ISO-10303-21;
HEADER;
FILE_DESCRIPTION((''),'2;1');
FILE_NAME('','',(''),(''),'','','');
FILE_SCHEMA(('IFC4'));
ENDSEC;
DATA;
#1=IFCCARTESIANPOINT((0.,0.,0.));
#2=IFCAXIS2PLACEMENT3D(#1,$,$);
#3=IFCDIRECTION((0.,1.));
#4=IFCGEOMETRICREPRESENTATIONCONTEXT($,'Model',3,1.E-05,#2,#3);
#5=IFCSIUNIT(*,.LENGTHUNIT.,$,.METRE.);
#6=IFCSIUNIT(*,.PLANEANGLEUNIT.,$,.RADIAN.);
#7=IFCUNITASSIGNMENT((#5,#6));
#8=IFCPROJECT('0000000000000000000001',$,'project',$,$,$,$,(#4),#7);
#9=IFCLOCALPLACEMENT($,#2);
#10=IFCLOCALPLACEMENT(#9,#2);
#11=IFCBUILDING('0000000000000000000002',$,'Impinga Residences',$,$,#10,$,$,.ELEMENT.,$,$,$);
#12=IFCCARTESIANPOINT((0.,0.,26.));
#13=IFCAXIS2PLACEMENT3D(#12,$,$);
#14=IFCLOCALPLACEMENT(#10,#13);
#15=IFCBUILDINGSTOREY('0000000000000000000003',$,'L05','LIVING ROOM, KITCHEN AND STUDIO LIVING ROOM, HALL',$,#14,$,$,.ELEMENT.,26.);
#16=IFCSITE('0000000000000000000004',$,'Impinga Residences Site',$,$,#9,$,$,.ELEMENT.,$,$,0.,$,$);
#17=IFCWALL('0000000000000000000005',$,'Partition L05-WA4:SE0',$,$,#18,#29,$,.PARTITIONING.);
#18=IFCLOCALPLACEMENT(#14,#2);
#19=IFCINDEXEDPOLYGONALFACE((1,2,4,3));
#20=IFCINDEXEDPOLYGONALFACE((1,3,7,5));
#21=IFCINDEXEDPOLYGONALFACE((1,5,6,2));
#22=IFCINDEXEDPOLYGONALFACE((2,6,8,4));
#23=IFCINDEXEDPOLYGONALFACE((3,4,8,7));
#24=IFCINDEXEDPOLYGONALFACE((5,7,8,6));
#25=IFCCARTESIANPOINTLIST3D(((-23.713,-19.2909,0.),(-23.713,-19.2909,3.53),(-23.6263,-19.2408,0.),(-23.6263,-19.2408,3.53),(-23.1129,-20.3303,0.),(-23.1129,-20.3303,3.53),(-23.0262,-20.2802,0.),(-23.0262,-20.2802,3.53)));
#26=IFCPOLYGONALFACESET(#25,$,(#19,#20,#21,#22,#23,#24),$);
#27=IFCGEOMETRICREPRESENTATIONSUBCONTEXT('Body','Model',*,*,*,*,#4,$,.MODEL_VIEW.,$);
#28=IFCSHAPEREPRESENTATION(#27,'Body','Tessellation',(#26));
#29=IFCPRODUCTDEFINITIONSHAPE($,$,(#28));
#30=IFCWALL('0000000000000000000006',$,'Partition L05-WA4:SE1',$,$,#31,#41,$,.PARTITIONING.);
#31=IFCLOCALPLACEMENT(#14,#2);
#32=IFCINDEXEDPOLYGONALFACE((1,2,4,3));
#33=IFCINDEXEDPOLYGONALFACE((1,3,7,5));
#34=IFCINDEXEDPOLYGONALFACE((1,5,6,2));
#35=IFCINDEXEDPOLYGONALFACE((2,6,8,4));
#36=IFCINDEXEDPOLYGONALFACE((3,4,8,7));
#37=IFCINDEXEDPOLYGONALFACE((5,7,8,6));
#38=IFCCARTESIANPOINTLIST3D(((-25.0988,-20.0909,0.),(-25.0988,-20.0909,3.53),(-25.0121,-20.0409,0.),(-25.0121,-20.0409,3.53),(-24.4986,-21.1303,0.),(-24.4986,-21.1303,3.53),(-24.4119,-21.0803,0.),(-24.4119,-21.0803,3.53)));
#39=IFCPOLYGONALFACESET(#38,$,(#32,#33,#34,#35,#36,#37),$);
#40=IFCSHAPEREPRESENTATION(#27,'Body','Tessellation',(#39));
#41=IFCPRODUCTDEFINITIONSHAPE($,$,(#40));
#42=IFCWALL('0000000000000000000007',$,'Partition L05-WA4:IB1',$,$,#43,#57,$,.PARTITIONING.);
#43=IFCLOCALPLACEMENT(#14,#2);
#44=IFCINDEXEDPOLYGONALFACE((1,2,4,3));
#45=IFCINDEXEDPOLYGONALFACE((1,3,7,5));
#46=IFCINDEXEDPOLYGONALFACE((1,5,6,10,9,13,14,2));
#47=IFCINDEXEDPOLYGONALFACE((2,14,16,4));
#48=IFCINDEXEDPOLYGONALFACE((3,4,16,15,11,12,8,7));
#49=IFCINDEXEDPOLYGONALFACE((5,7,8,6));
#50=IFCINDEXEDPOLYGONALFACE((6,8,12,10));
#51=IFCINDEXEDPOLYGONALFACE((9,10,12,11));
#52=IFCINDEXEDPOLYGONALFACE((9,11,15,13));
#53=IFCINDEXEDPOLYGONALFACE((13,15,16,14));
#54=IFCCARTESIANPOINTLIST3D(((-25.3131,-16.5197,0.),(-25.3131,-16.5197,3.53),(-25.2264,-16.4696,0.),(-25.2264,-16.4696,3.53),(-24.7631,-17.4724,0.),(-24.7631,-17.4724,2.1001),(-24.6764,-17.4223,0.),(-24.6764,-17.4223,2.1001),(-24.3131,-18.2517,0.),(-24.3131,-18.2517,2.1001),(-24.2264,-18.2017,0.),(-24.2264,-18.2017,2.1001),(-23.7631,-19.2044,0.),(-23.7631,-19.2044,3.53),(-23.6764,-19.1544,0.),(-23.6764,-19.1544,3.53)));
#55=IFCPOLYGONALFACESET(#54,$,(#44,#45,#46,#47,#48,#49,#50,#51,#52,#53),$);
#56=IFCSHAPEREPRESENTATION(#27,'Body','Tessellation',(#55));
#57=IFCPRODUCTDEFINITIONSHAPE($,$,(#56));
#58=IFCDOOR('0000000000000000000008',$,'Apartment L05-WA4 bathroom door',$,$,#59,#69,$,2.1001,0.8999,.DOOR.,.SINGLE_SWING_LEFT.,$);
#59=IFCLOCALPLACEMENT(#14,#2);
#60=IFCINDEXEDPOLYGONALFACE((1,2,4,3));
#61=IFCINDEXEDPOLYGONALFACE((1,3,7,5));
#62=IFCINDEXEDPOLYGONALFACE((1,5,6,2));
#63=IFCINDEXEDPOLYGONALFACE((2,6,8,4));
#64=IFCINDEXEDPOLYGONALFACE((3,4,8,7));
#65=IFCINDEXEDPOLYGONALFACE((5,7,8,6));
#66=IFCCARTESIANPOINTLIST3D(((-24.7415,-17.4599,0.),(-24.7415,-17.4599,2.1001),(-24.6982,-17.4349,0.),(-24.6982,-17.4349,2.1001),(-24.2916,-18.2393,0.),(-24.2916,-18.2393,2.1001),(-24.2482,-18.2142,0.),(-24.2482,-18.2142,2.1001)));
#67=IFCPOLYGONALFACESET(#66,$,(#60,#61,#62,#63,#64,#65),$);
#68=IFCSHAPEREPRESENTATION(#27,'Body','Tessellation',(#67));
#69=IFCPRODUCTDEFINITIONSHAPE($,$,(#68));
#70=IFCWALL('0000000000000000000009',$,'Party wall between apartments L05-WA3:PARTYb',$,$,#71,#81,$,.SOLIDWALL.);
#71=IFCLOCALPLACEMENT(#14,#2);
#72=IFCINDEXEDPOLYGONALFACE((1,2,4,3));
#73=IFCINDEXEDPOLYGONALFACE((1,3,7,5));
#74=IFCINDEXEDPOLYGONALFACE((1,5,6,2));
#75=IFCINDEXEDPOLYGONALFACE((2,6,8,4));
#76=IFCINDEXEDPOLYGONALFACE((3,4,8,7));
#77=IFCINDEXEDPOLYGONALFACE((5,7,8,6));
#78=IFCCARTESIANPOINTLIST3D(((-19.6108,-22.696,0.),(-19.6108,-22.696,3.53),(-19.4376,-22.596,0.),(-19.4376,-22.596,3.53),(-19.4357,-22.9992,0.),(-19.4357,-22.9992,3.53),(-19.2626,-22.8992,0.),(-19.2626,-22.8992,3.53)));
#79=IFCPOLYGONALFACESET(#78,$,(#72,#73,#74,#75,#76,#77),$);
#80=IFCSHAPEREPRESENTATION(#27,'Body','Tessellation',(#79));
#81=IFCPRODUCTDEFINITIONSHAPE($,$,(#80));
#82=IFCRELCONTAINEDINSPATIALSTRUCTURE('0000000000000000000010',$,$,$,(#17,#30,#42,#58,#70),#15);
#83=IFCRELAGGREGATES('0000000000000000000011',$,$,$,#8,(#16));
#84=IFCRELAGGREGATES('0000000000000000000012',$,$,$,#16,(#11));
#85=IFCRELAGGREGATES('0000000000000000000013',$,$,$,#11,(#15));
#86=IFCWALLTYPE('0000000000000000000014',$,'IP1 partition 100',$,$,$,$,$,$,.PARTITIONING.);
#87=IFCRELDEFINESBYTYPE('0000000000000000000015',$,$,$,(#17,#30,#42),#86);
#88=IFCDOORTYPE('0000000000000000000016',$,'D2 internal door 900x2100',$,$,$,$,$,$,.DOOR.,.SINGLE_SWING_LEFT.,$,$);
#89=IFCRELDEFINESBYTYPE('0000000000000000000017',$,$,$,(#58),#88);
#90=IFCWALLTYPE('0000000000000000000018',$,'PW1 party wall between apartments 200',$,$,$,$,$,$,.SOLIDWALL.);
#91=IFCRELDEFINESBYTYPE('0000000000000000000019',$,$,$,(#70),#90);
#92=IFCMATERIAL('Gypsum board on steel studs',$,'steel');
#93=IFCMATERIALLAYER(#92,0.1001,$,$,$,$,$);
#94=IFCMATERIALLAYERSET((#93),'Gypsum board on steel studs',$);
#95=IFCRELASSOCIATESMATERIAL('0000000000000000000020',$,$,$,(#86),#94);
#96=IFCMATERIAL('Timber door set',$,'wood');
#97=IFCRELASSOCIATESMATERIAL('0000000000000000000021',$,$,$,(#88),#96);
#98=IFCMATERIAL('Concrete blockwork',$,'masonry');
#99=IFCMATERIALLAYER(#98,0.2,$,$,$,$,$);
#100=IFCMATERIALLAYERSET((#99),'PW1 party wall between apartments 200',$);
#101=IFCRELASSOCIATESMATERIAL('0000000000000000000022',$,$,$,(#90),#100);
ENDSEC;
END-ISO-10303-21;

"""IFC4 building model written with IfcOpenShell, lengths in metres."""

from ifc_helpers import new_model, si_unit, direction, frame, frame_2d, origin, place, context, subcontext, project, spatial, rectangle, extrude, material, layer, layer_set, type_object, element, fill, save


model = new_model("IFC4")

# Units and contexts
model_context = context("Model", 3, precision=1e-05, world=origin(), true_north=direction((0.0, 1.0)))
body_context = subcontext(model_context, "Body", "Model", "MODEL_VIEW")
ifc_project = project(units=[si_unit("LENGTHUNIT", "METRE"), si_unit("PLANEANGLEUNIT", "RADIAN")], contexts=[model_context])

# Site, building, storey
site_placement = place(None, origin())
site = spatial("IfcSite", under=ifc_project, at=site_placement, Name="Impinga Residences Site", CompositionType="ELEMENT", RefElevation=0.0)
building_placement = place(site_placement, origin())
building = spatial("IfcBuilding", under=site, at=building_placement, Name="Impinga Residences", CompositionType="ELEMENT")
storey_placement = place(building_placement, frame((0.0, 0.0, 26.0)))
storey = spatial("IfcBuildingStorey", under=building, at=storey_placement, Name="L05", Description="LIVING ROOM, KITCHEN AND STUDIO LIVING ROOM, HALL", CompositionType="ELEMENT", Elevation=26.0)

# Shared definitions
ifc_material_1 = material(Name="Gypsum board on steel studs", Category="steel")
ifc_layer_1 = layer(ifc_material_1, 0.1001)
ifc_layer_set_1 = layer_set([ifc_layer_1], Name="Gypsum board on steel studs")
wall_type_1 = type_object("IfcWallType", Name="IP1 partition 100", PredefinedType="PARTITIONING", material=ifc_layer_set_1)

# Shared definitions
ifc_material_2 = material(Name="Timber door set", Category="wood")
door_type = type_object("IfcDoorType", Name="D2 internal door 900x2100", OperationType="SINGLE_SWING_LEFT", PredefinedType="DOOR", material=ifc_material_2)

# Walls
for number, where, z_axis, x_axis, name in (
    (1, (-23.6697, -19.2659, 0.0), (0.0, 0.0, 1.0), (0.500034, -0.866006, 0.0), "Partition L05-WA4:SE0"),
    (2, (-25.0554, -20.0659, 0.0), (0.0, 0.0, 1.0), (0.500034, -0.866006, 0.0), "Partition L05-WA4:SE1"),
):
    element("IfcWall", number, at=place(storey_placement, frame(where, z_axis=z_axis, x_axis=x_axis)), inside=storey, type_object=wall_type_1, Name=name, PredefinedType="PARTITIONING", context=body_context, shape_type="SweptSolid", body=[
        extrude(rectangle(XDim=1.2002, YDim=0.1001, at=frame_2d((0.6001, 0.0))), origin(), (0.0, 0.0, 1.0), 3.53),
    ])

# Wall, opening, door
wall_1_placement = place(storey_placement, frame((-25.2698, -16.4946, 0.0), z_axis=(0.0, 0.0, 1.0), x_axis=(0.499993, -0.86603, 0.0)))
wall_1 = element("IfcWall", 3, at=wall_1_placement, inside=storey, type_object=wall_type_1, Name="Partition L05-WA4:IB1", PredefinedType="PARTITIONING", context=body_context, shape_type="SweptSolid", body=[
    extrude(rectangle(XDim=3.1001, YDim=0.1001, at=frame_2d((1.55, 0.0))), origin(), (0.0, 0.0, 1.0), 3.53),
])
opening_1_placement = place(wall_1_placement, frame((1.1001, 0.0, 0.0)))
opening_1 = element("IfcOpeningElement", 4, at=opening_1_placement, cuts=wall_1, PredefinedType="OPENING", context=body_context, shape_type="SweptSolid", body=[
    extrude(rectangle(XDim=0.8999, YDim=2.1001, at=frame_2d((0.45, 1.05))), frame((0.0, 0.0601, 0.0), z_axis=(0.0, -1.0, 0.0), x_axis=(1.0, 0.0, 0.0)), (0.0, 0.0, 1.0), 0.1201),
])
door_1_placement = place(opening_1_placement, origin())
door_1 = element("IfcDoor", 5, at=door_1_placement, inside=storey, type_object=door_type, Name="Apartment L05-WA4 bathroom door", OperationType="SINGLE_SWING_LEFT", OverallHeight=2.1001, OverallWidth=0.8999, PredefinedType="DOOR", context=body_context, shape_type="SweptSolid", body=[
    extrude(rectangle(XDim=0.8999, YDim=2.1001, at=frame_2d((0.45, 1.05))), frame((0.0, 0.0249, 0.0), z_axis=(0.0, -1.0, 0.0), x_axis=(1.0, 0.0, 0.0)), (0.0, 0.0, 1.0), 0.05),
])
fill(opening_1, door_1)

# Wall
ifc_material_3 = material(Name="Concrete blockwork", Category="masonry")
ifc_layer_2 = layer(ifc_material_3, 0.2)
ifc_layer_set_2 = layer_set([ifc_layer_2], Name="PW1 party wall between apartments 200")
wall_type_2 = type_object("IfcWallType", Name="PW1 party wall between apartments 200", PredefinedType="SOLIDWALL", material=ifc_layer_set_2)
wall_2_placement = place(storey_placement, frame((-19.5242, -22.646, 0.0), z_axis=(0.0, 0.0, 1.0), x_axis=(0.499964, -0.866046, 0.0)))
element("IfcWall", 6, at=wall_2_placement, inside=storey, type_object=wall_type_2, Name="Party wall between apartments L05-WA3:PARTYb", PredefinedType="SOLIDWALL", context=body_context, shape_type="SweptSolid", body=[
    extrude(rectangle(XDim=0.3501, YDim=0.2, at=frame_2d((0.175, 0.0))), origin(), (0.0, 0.0, 1.0), 3.53),
])

save(model, "model.ifc")
